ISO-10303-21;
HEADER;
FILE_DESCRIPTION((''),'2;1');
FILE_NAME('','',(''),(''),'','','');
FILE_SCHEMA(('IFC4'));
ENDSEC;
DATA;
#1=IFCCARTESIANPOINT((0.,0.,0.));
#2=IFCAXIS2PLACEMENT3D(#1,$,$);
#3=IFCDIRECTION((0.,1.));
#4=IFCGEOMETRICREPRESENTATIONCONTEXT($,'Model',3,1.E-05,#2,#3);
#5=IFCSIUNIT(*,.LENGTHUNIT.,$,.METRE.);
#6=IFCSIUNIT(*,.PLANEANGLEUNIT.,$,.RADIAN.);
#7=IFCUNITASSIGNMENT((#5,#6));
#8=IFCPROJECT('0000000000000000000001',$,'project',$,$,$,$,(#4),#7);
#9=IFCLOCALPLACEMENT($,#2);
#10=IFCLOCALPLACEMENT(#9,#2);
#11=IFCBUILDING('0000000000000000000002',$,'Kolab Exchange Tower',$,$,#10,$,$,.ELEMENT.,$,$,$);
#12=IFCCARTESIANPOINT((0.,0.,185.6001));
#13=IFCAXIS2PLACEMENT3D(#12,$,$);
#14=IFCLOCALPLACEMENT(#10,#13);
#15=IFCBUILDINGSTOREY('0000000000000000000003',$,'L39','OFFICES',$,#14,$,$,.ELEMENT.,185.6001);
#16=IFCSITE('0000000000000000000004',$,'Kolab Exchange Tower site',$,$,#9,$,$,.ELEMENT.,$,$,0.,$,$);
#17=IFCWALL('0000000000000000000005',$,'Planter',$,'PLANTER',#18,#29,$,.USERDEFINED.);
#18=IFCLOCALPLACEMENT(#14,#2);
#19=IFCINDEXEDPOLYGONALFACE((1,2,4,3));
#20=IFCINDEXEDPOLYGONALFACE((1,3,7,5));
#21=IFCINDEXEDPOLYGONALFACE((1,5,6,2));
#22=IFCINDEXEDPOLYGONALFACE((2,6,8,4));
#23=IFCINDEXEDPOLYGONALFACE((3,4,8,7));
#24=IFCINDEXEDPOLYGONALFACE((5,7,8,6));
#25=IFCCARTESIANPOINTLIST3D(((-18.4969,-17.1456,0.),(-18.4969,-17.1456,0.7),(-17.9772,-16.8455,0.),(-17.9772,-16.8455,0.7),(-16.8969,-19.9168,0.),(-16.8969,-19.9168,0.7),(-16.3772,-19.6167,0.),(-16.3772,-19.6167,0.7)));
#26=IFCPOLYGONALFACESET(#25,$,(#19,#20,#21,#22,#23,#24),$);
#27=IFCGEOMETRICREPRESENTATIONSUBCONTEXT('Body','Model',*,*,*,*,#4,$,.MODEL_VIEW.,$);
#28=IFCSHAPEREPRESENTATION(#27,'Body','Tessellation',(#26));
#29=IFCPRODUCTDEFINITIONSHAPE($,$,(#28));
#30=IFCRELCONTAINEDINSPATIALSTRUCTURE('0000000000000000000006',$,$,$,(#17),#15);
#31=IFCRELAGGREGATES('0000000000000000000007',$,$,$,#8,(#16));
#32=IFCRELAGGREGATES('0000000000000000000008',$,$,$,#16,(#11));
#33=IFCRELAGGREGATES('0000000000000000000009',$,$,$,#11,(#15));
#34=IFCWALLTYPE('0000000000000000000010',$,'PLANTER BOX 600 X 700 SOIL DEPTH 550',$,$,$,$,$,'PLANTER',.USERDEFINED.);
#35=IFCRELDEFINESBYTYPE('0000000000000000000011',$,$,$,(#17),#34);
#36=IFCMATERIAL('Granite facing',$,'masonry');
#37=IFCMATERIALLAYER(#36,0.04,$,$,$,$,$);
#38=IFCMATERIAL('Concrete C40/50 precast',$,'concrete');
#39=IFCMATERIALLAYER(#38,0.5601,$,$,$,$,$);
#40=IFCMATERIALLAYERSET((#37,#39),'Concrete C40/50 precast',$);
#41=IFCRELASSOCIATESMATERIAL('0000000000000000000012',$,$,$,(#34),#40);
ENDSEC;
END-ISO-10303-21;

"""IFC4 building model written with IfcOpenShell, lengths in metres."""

from ifc_helpers import new_model, si_unit, direction, frame, frame_2d, origin, place, context, subcontext, project, spatial, rectangle, extrude, material, layer, layer_set, type_object, element, save


model = new_model("IFC4")

# Units and contexts
model_context = context("Model", 3, precision=1e-05, world=origin(), true_north=direction((0.0, 1.0)))
body_context = subcontext(model_context, "Body", "Model", "MODEL_VIEW")
ifc_project = project(units=[si_unit("LENGTHUNIT", "METRE"), si_unit("PLANEANGLEUNIT", "RADIAN")], contexts=[model_context])

# Site, building, storey
site_placement = place(None, origin())
site = spatial("IfcSite", under=ifc_project, at=site_placement, Name="Kolab Exchange Tower site", CompositionType="ELEMENT", RefElevation=0.0)
building_placement = place(site_placement, origin())
building = spatial("IfcBuilding", under=site, at=building_placement, Name="Kolab Exchange Tower", CompositionType="ELEMENT")
storey_placement = place(building_placement, frame((0.0, 0.0, 185.6001)))
storey = spatial("IfcBuildingStorey", under=building, at=storey_placement, Name="L39", Description="OFFICES", CompositionType="ELEMENT", Elevation=185.6001)

# Wall
ifc_material_1 = material(Name="Granite facing", Category="masonry")
ifc_layer_1 = layer(ifc_material_1, 0.04)
ifc_material_2 = material(Name="Concrete C40/50 precast", Category="concrete")
ifc_layer_2 = layer(ifc_material_2, 0.5601)
ifc_layer_set_1 = layer_set([ifc_layer_1, ifc_layer_2], Name="Concrete C40/50 precast")
wall_type_1 = type_object("IfcWallType", Name="PLANTER BOX 600 X 700 SOIL DEPTH 550", ElementType="PLANTER", PredefinedType="USERDEFINED", material=ifc_layer_set_1)
wall_1_placement = place(storey_placement, frame((-16.637, -19.7668, 0.0), z_axis=(0.0, 0.0, 1.0), x_axis=(-0.500028, 0.866009, 0.0)))
element("IfcWall", 1, at=wall_1_placement, inside=storey, type_object=wall_type_1, Name="Planter", ObjectType="PLANTER", PredefinedType="USERDEFINED", context=body_context, shape_type="SweptSolid", body=[
    extrude(rectangle(XDim=3.2, YDim=0.6001, at=frame_2d((1.6001, 0.0))), origin(), (0.0, 0.0, 1.0), 0.7),
])

save(model, "model.ifc")
